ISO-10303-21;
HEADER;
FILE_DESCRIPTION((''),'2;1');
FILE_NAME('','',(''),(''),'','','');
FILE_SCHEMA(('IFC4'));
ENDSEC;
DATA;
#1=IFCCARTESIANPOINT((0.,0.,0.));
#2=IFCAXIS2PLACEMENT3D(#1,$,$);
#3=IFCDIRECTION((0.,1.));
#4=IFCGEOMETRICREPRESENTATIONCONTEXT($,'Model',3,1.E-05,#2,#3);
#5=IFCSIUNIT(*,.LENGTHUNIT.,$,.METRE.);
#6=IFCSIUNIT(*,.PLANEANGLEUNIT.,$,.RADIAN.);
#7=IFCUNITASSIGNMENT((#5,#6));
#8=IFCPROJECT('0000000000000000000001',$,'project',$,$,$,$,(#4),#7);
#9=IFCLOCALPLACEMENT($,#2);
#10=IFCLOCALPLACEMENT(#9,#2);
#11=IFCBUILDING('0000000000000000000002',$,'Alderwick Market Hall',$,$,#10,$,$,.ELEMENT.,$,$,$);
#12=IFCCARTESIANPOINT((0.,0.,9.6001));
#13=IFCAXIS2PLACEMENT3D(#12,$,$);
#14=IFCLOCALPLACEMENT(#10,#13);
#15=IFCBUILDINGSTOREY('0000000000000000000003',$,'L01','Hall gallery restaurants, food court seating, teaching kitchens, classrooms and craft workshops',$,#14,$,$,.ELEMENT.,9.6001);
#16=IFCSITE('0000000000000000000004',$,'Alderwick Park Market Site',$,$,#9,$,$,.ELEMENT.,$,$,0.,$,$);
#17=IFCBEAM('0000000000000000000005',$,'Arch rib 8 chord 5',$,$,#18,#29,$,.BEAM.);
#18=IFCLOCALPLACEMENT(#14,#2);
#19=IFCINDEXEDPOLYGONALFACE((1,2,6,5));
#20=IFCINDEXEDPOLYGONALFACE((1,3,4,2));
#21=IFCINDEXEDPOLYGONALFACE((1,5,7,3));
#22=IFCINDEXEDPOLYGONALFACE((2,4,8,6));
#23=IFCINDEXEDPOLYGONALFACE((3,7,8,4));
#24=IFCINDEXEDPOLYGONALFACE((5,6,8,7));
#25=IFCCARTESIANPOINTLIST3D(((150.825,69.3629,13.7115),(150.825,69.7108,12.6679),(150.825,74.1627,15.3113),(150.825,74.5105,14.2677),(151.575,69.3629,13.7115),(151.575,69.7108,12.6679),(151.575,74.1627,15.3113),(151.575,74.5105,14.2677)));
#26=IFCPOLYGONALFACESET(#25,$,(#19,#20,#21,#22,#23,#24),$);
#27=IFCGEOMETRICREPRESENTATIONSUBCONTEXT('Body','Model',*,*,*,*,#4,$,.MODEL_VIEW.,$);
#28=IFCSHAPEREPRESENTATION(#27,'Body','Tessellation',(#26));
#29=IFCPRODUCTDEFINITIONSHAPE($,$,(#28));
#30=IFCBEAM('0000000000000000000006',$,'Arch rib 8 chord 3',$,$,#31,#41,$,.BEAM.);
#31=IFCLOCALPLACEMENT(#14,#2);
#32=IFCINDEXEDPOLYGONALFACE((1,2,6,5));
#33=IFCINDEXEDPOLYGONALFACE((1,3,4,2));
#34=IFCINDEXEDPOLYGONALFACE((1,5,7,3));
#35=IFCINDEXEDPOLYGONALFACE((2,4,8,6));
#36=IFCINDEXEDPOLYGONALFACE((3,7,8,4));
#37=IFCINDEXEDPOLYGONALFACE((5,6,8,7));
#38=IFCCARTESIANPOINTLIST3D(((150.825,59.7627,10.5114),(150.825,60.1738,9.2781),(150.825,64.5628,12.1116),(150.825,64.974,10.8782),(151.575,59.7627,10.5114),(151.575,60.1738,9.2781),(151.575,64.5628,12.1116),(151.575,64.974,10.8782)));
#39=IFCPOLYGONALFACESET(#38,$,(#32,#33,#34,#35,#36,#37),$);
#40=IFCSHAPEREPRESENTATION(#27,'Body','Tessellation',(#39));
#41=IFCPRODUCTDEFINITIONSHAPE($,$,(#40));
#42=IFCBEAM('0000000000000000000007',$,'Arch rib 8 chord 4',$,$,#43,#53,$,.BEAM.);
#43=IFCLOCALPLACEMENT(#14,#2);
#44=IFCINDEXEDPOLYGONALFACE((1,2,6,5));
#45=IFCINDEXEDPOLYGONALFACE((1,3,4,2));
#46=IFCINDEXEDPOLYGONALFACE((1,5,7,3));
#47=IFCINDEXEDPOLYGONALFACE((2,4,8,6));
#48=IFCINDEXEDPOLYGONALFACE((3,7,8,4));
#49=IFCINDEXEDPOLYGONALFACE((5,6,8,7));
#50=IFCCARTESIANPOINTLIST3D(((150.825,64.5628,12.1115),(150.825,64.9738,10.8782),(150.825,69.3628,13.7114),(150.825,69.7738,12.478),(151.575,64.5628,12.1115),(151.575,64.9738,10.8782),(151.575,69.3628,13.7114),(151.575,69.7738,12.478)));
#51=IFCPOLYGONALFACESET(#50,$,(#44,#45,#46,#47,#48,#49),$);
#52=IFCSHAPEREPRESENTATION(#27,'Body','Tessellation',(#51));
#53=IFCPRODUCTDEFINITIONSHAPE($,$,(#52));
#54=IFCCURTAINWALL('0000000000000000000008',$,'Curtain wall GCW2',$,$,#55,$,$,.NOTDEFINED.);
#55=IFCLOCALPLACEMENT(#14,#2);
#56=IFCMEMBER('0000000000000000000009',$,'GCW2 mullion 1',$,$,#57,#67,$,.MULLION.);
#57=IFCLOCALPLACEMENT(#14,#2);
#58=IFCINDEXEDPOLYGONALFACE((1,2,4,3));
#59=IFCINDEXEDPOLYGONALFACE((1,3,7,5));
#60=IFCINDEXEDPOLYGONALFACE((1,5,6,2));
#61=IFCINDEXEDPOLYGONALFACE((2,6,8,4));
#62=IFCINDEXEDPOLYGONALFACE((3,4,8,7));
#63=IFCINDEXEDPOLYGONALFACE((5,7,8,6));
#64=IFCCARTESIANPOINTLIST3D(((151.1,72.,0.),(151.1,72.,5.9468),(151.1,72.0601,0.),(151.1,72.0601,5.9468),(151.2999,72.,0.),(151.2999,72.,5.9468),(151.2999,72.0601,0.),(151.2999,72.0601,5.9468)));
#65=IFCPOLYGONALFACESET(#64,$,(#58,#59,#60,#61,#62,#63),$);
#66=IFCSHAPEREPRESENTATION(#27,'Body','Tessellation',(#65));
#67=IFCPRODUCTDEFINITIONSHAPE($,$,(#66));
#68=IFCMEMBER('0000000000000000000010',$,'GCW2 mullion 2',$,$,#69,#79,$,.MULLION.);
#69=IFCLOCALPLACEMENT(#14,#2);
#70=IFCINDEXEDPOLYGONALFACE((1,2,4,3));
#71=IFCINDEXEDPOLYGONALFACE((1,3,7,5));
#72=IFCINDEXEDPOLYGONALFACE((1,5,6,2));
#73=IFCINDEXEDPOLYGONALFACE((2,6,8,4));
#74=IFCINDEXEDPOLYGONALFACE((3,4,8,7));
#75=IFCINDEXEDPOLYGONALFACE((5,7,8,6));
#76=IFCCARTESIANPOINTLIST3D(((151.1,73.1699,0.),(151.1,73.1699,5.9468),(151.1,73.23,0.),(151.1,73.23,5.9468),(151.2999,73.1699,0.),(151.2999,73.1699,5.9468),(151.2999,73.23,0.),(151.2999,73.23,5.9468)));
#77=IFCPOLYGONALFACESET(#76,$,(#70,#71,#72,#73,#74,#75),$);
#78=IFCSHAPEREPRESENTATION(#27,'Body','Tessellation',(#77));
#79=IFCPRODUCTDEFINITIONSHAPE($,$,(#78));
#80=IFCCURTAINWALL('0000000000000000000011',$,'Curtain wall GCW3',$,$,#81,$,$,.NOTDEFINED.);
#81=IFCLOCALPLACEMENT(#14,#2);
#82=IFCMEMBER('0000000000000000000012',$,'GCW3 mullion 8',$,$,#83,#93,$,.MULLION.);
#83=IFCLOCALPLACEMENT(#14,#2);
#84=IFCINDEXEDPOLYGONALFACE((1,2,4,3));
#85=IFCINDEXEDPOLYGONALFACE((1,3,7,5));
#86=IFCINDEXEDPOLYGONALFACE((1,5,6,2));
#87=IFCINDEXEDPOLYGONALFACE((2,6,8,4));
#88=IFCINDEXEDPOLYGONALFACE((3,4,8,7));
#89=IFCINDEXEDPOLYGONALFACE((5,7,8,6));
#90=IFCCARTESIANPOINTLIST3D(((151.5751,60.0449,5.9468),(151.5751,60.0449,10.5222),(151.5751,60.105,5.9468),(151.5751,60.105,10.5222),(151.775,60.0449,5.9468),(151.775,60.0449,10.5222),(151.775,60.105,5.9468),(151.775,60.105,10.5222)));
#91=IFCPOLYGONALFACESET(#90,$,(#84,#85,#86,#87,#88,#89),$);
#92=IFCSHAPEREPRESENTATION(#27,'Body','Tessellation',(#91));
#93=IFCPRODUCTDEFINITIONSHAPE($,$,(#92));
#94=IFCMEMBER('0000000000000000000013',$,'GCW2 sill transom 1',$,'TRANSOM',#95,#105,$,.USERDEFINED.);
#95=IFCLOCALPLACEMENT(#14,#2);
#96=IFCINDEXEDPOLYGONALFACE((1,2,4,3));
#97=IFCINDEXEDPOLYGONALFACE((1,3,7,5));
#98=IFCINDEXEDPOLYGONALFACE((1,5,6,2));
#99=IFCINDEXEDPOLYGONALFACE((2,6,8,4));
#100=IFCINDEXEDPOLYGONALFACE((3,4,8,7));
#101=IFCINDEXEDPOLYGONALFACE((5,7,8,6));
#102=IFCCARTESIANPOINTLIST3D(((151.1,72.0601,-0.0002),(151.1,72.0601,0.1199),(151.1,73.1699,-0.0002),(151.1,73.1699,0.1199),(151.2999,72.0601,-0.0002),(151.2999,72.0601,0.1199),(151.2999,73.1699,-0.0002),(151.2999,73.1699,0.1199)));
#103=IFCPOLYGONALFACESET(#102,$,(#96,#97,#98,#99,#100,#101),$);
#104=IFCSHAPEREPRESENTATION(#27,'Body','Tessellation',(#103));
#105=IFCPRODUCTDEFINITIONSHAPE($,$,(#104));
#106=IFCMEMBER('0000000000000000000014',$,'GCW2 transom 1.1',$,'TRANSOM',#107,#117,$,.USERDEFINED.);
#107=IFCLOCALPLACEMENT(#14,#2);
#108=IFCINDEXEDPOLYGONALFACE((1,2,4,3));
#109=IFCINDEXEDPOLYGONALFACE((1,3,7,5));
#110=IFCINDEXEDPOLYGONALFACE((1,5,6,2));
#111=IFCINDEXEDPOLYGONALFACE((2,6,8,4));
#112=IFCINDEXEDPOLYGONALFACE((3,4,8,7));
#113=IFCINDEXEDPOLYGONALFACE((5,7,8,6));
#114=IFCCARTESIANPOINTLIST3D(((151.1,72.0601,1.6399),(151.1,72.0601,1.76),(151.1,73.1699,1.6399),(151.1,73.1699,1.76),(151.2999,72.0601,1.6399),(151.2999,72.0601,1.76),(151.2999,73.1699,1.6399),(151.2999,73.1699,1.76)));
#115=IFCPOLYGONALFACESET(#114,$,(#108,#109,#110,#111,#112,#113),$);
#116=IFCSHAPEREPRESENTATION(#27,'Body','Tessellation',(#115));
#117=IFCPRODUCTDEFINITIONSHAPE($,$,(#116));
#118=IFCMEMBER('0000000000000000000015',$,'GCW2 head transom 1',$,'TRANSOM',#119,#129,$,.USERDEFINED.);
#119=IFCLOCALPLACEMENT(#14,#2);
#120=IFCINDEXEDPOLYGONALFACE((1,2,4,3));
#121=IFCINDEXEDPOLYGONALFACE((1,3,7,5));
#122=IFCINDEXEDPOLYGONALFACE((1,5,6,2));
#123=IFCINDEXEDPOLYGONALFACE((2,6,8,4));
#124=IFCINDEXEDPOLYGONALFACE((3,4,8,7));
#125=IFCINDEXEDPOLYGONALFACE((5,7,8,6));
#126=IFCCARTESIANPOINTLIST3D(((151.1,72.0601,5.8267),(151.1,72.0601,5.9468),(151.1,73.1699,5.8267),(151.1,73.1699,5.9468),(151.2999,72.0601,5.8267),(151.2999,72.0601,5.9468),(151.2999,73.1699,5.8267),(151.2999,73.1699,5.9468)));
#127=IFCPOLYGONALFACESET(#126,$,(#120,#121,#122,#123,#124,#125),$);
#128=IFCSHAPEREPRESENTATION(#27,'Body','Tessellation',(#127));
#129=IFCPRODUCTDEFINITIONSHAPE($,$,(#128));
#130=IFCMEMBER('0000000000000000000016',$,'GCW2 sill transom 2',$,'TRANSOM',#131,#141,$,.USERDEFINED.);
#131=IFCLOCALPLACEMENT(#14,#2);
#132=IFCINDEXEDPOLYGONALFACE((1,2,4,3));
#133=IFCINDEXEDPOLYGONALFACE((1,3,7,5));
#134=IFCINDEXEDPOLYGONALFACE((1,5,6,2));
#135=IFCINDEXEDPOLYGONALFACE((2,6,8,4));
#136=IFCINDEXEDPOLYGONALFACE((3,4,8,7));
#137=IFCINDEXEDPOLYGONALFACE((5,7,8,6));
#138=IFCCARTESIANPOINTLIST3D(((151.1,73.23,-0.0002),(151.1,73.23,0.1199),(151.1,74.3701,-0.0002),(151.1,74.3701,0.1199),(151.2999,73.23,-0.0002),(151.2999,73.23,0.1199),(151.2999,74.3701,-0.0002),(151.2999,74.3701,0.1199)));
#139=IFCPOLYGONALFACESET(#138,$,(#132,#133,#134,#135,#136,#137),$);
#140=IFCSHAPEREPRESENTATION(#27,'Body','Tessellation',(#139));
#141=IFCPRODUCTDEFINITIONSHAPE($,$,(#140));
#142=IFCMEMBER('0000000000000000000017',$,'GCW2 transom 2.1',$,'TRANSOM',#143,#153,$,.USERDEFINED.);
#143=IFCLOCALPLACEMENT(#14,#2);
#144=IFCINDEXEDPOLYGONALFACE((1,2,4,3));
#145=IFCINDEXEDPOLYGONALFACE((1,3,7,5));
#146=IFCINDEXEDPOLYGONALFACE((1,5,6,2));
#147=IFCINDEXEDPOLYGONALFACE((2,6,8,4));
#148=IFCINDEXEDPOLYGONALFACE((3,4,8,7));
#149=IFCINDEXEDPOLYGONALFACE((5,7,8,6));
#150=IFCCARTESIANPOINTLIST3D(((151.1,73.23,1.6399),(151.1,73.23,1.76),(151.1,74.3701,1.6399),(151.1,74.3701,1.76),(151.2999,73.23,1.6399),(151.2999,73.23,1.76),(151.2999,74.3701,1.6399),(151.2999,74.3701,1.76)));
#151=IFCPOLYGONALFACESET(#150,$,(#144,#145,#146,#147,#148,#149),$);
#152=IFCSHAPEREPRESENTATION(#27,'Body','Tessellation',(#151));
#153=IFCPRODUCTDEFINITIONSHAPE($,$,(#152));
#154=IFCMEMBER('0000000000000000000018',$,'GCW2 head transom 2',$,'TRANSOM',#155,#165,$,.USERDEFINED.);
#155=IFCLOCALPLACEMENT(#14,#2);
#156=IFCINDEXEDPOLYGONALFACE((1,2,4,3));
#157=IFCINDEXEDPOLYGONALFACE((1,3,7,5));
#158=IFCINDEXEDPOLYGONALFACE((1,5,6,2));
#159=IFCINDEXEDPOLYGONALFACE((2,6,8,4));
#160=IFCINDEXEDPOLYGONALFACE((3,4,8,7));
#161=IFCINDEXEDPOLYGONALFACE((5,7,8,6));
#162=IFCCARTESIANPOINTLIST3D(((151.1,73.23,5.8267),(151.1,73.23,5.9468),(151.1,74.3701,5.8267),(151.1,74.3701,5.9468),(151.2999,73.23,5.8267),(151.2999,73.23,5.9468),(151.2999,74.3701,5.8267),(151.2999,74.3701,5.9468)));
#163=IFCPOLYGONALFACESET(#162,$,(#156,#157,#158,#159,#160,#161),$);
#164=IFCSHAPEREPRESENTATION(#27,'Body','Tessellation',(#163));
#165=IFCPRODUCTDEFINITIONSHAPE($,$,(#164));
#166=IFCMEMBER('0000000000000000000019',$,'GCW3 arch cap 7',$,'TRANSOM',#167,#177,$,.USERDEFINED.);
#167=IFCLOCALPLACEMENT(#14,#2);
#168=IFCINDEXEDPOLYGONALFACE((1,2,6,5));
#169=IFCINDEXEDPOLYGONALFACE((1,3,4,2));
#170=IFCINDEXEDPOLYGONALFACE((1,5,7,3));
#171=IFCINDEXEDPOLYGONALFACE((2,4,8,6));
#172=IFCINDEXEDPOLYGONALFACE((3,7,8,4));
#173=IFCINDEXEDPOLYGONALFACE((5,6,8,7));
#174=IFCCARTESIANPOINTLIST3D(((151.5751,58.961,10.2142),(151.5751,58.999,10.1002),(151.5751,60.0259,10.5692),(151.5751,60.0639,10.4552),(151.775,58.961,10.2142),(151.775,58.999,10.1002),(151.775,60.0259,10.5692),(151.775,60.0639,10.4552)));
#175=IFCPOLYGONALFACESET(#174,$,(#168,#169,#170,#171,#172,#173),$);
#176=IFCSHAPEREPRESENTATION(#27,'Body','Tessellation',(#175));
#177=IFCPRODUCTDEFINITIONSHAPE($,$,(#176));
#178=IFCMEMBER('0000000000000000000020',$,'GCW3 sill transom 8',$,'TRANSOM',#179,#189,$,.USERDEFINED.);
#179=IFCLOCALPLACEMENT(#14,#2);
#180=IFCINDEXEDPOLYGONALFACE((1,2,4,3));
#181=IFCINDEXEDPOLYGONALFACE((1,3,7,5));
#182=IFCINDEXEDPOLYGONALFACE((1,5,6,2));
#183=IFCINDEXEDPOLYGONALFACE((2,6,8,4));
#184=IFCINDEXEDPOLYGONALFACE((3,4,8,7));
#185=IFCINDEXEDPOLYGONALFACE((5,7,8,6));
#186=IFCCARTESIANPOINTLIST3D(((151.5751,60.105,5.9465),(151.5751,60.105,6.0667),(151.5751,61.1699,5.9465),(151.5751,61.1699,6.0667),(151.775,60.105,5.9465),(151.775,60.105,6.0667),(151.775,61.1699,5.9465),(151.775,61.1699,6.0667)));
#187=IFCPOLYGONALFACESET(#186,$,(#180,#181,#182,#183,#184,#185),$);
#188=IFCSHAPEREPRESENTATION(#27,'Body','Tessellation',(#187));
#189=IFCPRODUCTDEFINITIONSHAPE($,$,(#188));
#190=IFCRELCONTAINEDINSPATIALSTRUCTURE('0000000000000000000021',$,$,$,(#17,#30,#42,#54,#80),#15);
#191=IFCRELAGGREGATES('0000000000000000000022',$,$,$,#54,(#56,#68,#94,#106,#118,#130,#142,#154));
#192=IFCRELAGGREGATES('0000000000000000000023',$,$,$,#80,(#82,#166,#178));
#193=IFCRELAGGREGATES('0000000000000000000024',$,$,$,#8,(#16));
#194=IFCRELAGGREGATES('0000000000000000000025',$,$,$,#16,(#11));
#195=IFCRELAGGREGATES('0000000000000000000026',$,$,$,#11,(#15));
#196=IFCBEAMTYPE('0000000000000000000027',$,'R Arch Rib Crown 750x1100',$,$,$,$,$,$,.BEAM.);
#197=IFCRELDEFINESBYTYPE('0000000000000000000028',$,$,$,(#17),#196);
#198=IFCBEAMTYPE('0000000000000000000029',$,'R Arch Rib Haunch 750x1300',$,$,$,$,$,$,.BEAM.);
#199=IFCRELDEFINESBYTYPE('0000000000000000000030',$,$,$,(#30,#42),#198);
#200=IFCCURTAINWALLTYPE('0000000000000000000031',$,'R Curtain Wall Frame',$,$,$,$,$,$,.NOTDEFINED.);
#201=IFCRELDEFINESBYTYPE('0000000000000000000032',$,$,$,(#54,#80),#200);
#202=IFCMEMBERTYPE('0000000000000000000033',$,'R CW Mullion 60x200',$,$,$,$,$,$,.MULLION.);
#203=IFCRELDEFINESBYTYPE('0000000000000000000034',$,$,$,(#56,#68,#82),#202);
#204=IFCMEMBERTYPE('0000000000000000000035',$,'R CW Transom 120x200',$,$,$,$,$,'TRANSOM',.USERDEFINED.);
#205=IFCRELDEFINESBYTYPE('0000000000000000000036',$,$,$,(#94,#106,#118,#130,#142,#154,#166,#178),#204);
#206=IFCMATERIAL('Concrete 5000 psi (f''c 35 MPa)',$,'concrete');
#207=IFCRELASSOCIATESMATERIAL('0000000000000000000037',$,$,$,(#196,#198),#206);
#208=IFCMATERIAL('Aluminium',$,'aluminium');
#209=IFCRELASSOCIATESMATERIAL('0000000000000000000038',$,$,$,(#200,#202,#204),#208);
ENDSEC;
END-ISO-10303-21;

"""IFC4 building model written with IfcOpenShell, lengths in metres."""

from ifc_helpers import new_model, si_unit, direction, frame, origin, origin_2d, place, context, subcontext, project, spatial, rectangle, extrude, material, material_profile, profile_set, type_object, element, aggregate, save


model = new_model("IFC4")

# Units and contexts
model_context = context("Model", 3, precision=1e-05, world=origin(), true_north=direction((0.0, 1.0)))
body_context = subcontext(model_context, "Body", "Model", "MODEL_VIEW")
ifc_project = project(units=[si_unit("LENGTHUNIT", "METRE"), si_unit("PLANEANGLEUNIT", "RADIAN")], contexts=[model_context])

# Site, building, storey
site_placement = place(None, origin())
site = spatial("IfcSite", under=ifc_project, at=site_placement, Name="Alderwick Park Market Site", CompositionType="ELEMENT", RefElevation=0.0)
building_placement = place(site_placement, origin())
building = spatial("IfcBuilding", under=site, at=building_placement, Name="Alderwick Market Hall", CompositionType="ELEMENT")
storey_placement = place(building_placement, frame((0.0, 0.0, 9.6001)))
storey = spatial("IfcBuildingStorey", under=building, at=storey_placement, Name="L01", Description="Hall gallery restaurants, food court seating, teaching kitchens, classrooms and craft workshops", CompositionType="ELEMENT", Elevation=9.6001)

# Beams
ifc_material_1 = material(Name="Concrete 5000 psi (f'c 35 MPa)", Category="concrete")
ifc_material_profile_1 = material_profile(ifc_material_1, rectangle(XDim=0.75, YDim=1.1001, at=origin_2d()), Name="RC 750x1100")
ifc_profile_set_1 = profile_set([ifc_material_profile_1], Name="Concrete 5000 psi (f'c 35 MPa)")
beam_type_1 = type_object("IfcBeamType", Name="R Arch Rib Crown 750x1100", PredefinedType="BEAM", material=ifc_profile_set_1)
beam_1_placement = place(storey_placement, frame((151.2, 69.5369, 13.1897), z_axis=(0.0, 0.948688, 0.316213), x_axis=(-1.0, 0.0, 0.0)))
element("IfcBeam", 1, at=beam_1_placement, inside=storey, type_object=beam_type_1, Name="Arch rib 8 chord 5", PredefinedType="BEAM", context=body_context, shape_type="SweptSolid", body=[
    extrude(rectangle(XDim=0.75, YDim=1.1001, at=origin_2d()), origin(), (0.0, 0.0, 1.0), 5.0593),
])
ifc_material_profile_2 = material_profile(ifc_material_1, rectangle(XDim=0.75, YDim=1.3, at=origin_2d()), Name="RC 750x1300")
ifc_profile_set_2 = profile_set([ifc_material_profile_2], Name="Concrete 5000 psi (f'c 35 MPa)")
beam_type_2 = type_object("IfcBeamType", Name="R Arch Rib Haunch 750x1300", PredefinedType="BEAM", material=ifc_profile_set_2)
beam_2_placement = place(storey_placement, frame((151.2, 59.9683, 9.8948), z_axis=(0.0, 0.948678, 0.316242), x_axis=(-1.0, 0.0, 0.0)))
element("IfcBeam", 2, at=beam_2_placement, inside=storey, type_object=beam_type_2, Name="Arch rib 8 chord 3", PredefinedType="BEAM", context=body_context, shape_type="SweptSolid", body=[
    extrude(rectangle(XDim=0.75, YDim=1.3, at=origin_2d()), origin(), (0.0, 0.0, 1.0), 5.0598),
])
beam_3_placement = place(storey_placement, frame((151.2, 64.7683, 11.4949), z_axis=(0.0, 0.948693, 0.316199), x_axis=(-1.0, 0.0, 0.0)))
element("IfcBeam", 3, at=beam_3_placement, inside=storey, type_object=beam_type_2, Name="Arch rib 8 chord 4", PredefinedType="BEAM", context=body_context, shape_type="SweptSolid", body=[
    extrude(rectangle(XDim=0.75, YDim=1.3, at=origin_2d()), origin(), (0.0, 0.0, 1.0), 5.0596),
])

# Curtain wall, members
ifc_material_2 = material(Name="Aluminium", Category="aluminium")
curtain_wall_type = type_object("IfcCurtainWallType", Name="R Curtain Wall Frame", PredefinedType="NOTDEFINED", material=ifc_material_2)
curtain_wall_1_placement = place(storey_placement, origin())
curtain_wall_1 = element("IfcCurtainWall", 4, at=curtain_wall_1_placement, inside=storey, type_object=curtain_wall_type, Name="Curtain wall GCW2", PredefinedType="NOTDEFINED")
ifc_material_profile_3 = material_profile(ifc_material_2, rectangle(XDim=0.2, YDim=0.0601, at=origin_2d()), Name="AL 60x200")
ifc_profile_set_3 = profile_set([ifc_material_profile_3], Name="Aluminium")
member_type_1 = type_object("IfcMemberType", Name="R CW Mullion 60x200", PredefinedType="MULLION", material=ifc_profile_set_3)
member_1_placement = place(storey_placement, frame((151.2, 72.03, 0.0), z_axis=(0.0, 0.0, 1.0), x_axis=(1.0, 0.0, 0.0)))
member_1 = element("IfcMember", 5, at=member_1_placement, type_object=member_type_1, Name="GCW2 mullion 1", PredefinedType="MULLION", context=body_context, shape_type="SweptSolid", body=[
    extrude(rectangle(XDim=0.2, YDim=0.0601, at=origin_2d()), origin(), (0.0, 0.0, 1.0), 5.9468),
])
member_2_placement = place(storey_placement, frame((151.2, 73.2, 0.0), z_axis=(0.0, 0.0, 1.0), x_axis=(1.0, 0.0, 0.0)))
member_2 = element("IfcMember", 6, at=member_2_placement, type_object=member_type_1, Name="GCW2 mullion 2", PredefinedType="MULLION", context=body_context, shape_type="SweptSolid", body=[
    extrude(rectangle(XDim=0.2, YDim=0.0601, at=origin_2d()), origin(), (0.0, 0.0, 1.0), 5.9468),
])

# Curtain wall, member
curtain_wall_2_placement = place(storey_placement, origin())
curtain_wall_2 = element("IfcCurtainWall", 7, at=curtain_wall_2_placement, inside=storey, type_object=curtain_wall_type, Name="Curtain wall GCW3", PredefinedType="NOTDEFINED")
member_3_placement = place(storey_placement, frame((151.675, 60.075, 5.9468), z_axis=(0.0, 0.0, 1.0), x_axis=(1.0, 0.0, 0.0)))
member_3 = element("IfcMember", 8, at=member_3_placement, type_object=member_type_1, Name="GCW3 mullion 8", PredefinedType="MULLION", context=body_context, shape_type="SweptSolid", body=[
    extrude(rectangle(XDim=0.2, YDim=0.0601, at=origin_2d()), origin(), (0.0, 0.0, 1.0), 4.5754),
])

# Members
ifc_material_profile_4 = material_profile(ifc_material_2, rectangle(XDim=0.2, YDim=0.1201, at=origin_2d()), Name="AL 120x200")
ifc_profile_set_4 = profile_set([ifc_material_profile_4], Name="Aluminium")
member_type_2 = type_object("IfcMemberType", Name="R CW Transom 120x200", ElementType="TRANSOM", PredefinedType="USERDEFINED", material=ifc_profile_set_4)
member_4_placement = place(storey_placement, frame((151.2, 72.0601, 0.0598), z_axis=(0.0, 1.0, 0.0), x_axis=(-1.0, 0.0, 0.0)))
member_4 = element("IfcMember", 9, at=member_4_placement, type_object=member_type_2, Name="GCW2 sill transom 1", ObjectType="TRANSOM", PredefinedType="USERDEFINED", context=body_context, shape_type="SweptSolid", body=[
    extrude(rectangle(XDim=0.2, YDim=0.1201, at=origin_2d()), origin(), (0.0, 0.0, 1.0), 1.1099),
])
member_5_placement = place(storey_placement, frame((151.2, 72.0601, 1.7), z_axis=(0.0, 1.0, 0.0), x_axis=(-1.0, 0.0, 0.0)))
member_5 = element("IfcMember", 10, at=member_5_placement, type_object=member_type_2, Name="GCW2 transom 1.1", ObjectType="TRANSOM", PredefinedType="USERDEFINED", context=body_context, shape_type="SweptSolid", body=[
    extrude(rectangle(XDim=0.2, YDim=0.1201, at=origin_2d()), origin(), (0.0, 0.0, 1.0), 1.1099),
])
member_6_placement = place(storey_placement, frame((151.2, 72.0601, 5.8867), z_axis=(0.0, 1.0, 0.0), x_axis=(-1.0, 0.0, 0.0)))
member_6 = element("IfcMember", 11, at=member_6_placement, type_object=member_type_2, Name="GCW2 head transom 1", ObjectType="TRANSOM", PredefinedType="USERDEFINED", context=body_context, shape_type="SweptSolid", body=[
    extrude(rectangle(XDim=0.2, YDim=0.1201, at=origin_2d()), origin(), (0.0, 0.0, 1.0), 1.1099),
])
member_7_placement = place(storey_placement, frame((151.2, 73.23, 0.0598), z_axis=(0.0, 1.0, 0.0), x_axis=(-1.0, 0.0, 0.0)))
member_7 = element("IfcMember", 12, at=member_7_placement, type_object=member_type_2, Name="GCW2 sill transom 2", ObjectType="TRANSOM", PredefinedType="USERDEFINED", context=body_context, shape_type="SweptSolid", body=[
    extrude(rectangle(XDim=0.2, YDim=0.1201, at=origin_2d()), origin(), (0.0, 0.0, 1.0), 1.1401),
])
member_8_placement = place(storey_placement, frame((151.2, 73.23, 1.7), z_axis=(0.0, 1.0, 0.0), x_axis=(-1.0, 0.0, 0.0)))
member_8 = element("IfcMember", 13, at=member_8_placement, type_object=member_type_2, Name="GCW2 transom 2.1", ObjectType="TRANSOM", PredefinedType="USERDEFINED", context=body_context, shape_type="SweptSolid", body=[
    extrude(rectangle(XDim=0.2, YDim=0.1201, at=origin_2d()), origin(), (0.0, 0.0, 1.0), 1.1401),
])
member_9_placement = place(storey_placement, frame((151.2, 73.23, 5.8867), z_axis=(0.0, 1.0, 0.0), x_axis=(-1.0, 0.0, 0.0)))
member_9 = element("IfcMember", 14, at=member_9_placement, type_object=member_type_2, Name="GCW2 head transom 2", ObjectType="TRANSOM", PredefinedType="USERDEFINED", context=body_context, shape_type="SweptSolid", body=[
    extrude(rectangle(XDim=0.2, YDim=0.1201, at=origin_2d()), origin(), (0.0, 0.0, 1.0), 1.1401),
])
member_10_placement = place(storey_placement, frame((151.675, 58.98, 10.1572), z_axis=(0.0, 0.948683, 0.316228), x_axis=(-1.0, 0.0, 0.0)))
member_10 = element("IfcMember", 15, at=member_10_placement, type_object=member_type_2, Name="GCW3 arch cap 7", ObjectType="TRANSOM", PredefinedType="USERDEFINED", context=body_context, shape_type="SweptSolid", body=[
    extrude(rectangle(XDim=0.2, YDim=0.1201, at=origin_2d()), origin(), (0.0, 0.0, 1.0), 1.1226),
])
member_11_placement = place(storey_placement, frame((151.675, 60.105, 6.0066), z_axis=(0.0, 1.0, 0.0), x_axis=(-1.0, 0.0, 0.0)))
member_11 = element("IfcMember", 16, at=member_11_placement, type_object=member_type_2, Name="GCW3 sill transom 8", ObjectType="TRANSOM", PredefinedType="USERDEFINED", context=body_context, shape_type="SweptSolid", body=[
    extrude(rectangle(XDim=0.2, YDim=0.1201, at=origin_2d()), origin(), (0.0, 0.0, 1.0), 1.0649),
])

aggregate(curtain_wall_1, [member_1, member_2, member_4, member_5, member_6, member_7, member_8, member_9])
aggregate(curtain_wall_2, [member_3, member_10, member_11])

save(model, "model.ifc")
